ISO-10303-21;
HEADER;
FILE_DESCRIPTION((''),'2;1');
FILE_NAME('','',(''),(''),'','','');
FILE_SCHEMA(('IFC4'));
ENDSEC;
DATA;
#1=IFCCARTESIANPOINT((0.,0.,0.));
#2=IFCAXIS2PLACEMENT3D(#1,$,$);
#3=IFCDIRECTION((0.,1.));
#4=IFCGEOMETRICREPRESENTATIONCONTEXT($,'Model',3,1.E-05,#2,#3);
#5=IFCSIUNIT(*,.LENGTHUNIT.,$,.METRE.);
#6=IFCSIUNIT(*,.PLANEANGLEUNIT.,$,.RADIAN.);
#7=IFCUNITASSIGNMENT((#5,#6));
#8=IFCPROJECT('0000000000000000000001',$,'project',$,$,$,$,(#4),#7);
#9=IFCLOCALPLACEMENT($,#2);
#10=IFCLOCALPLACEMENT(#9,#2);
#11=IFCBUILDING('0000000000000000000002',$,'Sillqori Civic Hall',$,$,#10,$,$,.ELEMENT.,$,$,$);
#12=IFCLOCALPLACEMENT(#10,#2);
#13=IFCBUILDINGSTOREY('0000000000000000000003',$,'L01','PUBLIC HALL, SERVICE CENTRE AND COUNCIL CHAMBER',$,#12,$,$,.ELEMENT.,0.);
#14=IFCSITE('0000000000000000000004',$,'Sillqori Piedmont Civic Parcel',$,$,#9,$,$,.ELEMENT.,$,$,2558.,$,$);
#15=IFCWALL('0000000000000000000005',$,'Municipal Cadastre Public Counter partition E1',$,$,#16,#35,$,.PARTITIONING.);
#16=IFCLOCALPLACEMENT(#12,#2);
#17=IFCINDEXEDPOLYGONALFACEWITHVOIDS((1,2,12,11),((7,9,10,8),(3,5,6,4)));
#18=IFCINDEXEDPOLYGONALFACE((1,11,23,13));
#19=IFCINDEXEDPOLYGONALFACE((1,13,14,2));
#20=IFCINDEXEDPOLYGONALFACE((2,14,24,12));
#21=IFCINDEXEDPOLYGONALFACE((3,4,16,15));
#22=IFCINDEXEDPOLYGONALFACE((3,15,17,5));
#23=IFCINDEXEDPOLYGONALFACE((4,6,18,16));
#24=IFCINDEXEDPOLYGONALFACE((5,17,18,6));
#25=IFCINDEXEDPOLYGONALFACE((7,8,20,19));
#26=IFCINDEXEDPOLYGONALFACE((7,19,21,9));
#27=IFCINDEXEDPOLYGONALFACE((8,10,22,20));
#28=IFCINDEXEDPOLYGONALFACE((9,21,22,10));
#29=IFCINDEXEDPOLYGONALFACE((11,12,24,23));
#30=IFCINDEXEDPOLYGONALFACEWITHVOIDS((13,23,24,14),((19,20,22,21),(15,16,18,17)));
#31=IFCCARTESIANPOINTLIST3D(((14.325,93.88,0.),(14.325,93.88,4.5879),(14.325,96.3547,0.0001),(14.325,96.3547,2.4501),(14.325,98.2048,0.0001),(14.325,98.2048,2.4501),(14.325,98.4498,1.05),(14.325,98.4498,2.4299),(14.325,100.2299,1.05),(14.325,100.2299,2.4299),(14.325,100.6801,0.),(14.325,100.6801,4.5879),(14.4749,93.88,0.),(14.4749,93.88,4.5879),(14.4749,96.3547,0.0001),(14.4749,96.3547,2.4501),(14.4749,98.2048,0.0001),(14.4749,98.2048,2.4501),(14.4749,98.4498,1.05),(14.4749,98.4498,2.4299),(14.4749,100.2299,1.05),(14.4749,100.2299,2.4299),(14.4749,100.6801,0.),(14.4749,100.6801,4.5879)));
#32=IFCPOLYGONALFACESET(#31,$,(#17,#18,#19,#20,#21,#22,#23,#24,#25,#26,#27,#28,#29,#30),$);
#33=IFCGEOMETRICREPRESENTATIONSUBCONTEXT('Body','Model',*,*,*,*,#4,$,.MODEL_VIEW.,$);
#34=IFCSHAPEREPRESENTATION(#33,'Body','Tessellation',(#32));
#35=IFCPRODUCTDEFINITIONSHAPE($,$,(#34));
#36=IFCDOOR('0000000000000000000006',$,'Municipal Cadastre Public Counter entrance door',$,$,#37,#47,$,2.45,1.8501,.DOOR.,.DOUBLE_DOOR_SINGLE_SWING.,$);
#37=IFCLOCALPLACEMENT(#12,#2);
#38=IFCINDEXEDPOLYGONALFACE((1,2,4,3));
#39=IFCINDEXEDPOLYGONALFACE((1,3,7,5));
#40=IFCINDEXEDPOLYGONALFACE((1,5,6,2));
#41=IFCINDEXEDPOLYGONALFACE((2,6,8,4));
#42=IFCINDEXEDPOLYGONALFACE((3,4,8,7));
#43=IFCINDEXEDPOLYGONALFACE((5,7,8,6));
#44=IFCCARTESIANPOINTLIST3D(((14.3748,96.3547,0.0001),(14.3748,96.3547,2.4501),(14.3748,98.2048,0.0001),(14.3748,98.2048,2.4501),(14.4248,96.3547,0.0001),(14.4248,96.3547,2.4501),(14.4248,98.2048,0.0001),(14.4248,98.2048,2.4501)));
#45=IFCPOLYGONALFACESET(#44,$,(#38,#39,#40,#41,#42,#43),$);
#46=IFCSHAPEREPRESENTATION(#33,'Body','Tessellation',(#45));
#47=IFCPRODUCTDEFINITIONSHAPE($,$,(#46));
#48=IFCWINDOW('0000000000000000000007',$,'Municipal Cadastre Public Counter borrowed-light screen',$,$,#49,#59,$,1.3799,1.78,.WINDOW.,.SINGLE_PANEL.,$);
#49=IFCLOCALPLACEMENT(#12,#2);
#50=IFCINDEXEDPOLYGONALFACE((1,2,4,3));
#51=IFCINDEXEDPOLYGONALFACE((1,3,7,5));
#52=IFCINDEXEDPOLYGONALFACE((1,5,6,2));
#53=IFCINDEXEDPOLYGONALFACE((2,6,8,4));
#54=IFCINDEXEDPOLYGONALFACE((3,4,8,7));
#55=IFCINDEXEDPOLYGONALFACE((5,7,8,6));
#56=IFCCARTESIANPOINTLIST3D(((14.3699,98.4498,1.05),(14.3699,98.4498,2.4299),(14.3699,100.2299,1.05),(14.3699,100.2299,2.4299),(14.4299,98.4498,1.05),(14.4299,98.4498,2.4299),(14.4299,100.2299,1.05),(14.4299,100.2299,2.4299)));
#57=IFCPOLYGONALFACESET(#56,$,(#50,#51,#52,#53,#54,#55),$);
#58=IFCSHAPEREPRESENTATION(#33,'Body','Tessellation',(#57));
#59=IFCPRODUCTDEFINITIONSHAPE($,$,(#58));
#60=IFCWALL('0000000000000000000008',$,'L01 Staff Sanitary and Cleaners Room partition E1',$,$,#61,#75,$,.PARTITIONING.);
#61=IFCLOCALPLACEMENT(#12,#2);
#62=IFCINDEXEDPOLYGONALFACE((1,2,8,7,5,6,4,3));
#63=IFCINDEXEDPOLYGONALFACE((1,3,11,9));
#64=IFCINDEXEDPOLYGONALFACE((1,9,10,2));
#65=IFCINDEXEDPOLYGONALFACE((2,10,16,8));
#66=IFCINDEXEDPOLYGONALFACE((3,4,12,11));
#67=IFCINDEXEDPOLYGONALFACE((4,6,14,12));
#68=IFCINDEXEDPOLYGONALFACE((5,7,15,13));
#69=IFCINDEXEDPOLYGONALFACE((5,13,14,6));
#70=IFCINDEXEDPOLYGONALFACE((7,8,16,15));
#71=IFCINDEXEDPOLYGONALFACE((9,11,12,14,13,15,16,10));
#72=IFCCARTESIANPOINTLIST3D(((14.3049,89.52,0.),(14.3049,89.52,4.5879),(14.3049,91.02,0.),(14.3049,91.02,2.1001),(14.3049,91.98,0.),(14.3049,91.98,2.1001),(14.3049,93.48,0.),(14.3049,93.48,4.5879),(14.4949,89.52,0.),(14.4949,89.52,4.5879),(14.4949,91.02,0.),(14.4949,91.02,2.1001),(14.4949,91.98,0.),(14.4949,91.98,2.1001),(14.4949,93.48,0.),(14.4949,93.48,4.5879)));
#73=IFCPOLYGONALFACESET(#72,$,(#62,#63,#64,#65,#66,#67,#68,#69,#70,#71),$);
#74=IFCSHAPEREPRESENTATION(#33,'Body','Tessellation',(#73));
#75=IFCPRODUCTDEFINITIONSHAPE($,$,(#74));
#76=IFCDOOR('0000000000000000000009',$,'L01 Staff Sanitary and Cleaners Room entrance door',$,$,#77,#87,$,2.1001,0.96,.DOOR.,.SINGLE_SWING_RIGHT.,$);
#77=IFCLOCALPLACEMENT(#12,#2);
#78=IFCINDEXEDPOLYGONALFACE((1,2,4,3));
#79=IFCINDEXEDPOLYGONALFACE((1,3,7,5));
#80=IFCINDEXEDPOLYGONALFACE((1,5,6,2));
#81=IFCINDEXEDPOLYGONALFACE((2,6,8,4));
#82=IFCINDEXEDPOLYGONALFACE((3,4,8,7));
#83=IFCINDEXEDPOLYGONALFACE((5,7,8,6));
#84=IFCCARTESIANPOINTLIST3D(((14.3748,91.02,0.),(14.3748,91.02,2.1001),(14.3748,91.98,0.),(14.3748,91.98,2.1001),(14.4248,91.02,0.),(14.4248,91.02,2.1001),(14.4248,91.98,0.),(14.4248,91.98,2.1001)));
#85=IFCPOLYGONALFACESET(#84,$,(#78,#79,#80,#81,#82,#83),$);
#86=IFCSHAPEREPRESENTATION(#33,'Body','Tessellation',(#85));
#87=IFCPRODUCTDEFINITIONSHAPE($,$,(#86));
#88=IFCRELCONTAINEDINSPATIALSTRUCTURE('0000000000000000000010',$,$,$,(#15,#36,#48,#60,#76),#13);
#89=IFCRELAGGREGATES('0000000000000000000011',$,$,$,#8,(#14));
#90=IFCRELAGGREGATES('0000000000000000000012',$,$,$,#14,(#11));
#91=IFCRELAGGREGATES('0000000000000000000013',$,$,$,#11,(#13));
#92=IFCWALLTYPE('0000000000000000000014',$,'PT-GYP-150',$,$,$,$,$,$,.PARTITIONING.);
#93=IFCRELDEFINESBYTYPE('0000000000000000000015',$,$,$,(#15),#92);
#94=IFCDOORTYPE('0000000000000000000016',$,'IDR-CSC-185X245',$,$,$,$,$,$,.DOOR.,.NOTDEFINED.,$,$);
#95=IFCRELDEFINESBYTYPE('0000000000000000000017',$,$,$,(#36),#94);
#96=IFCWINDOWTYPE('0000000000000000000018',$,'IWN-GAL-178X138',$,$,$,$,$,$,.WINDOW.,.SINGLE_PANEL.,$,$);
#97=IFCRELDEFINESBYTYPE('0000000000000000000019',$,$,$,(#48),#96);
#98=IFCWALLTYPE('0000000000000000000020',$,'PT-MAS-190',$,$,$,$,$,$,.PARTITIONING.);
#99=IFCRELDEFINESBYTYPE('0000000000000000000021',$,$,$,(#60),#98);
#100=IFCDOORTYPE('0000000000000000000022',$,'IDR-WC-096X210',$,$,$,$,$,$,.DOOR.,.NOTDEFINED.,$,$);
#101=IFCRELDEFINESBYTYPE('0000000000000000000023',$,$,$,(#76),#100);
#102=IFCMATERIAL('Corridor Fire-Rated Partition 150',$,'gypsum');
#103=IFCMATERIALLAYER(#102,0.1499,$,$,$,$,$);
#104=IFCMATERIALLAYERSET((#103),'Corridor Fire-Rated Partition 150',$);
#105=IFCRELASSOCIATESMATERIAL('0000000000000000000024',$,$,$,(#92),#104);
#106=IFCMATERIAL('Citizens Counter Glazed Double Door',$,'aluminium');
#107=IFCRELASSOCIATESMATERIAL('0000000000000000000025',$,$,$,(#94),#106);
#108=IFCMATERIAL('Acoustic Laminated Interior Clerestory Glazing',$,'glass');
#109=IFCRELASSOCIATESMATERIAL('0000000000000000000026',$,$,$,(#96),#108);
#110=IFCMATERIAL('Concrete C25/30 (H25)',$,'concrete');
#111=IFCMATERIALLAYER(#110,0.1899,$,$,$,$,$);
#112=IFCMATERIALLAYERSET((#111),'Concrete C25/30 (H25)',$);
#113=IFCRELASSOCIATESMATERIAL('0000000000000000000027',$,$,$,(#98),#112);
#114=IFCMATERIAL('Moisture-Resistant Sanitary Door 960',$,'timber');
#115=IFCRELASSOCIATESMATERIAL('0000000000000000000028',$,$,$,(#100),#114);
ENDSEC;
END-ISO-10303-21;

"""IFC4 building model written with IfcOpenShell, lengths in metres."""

from ifc_helpers import new_model, si_unit, direction, frame, frame_2d, origin, place, context, subcontext, project, spatial, rectangle, extrude, material, layer, layer_set, type_object, element, fill, save


model = new_model("IFC4")

# Units and contexts
model_context = context("Model", 3, precision=1e-05, world=origin(), true_north=direction((0.0, 1.0)))
body_context = subcontext(model_context, "Body", "Model", "MODEL_VIEW")
ifc_project = project(units=[si_unit("LENGTHUNIT", "METRE"), si_unit("PLANEANGLEUNIT", "RADIAN")], contexts=[model_context])

# Site, building, storey
site_placement = place(None, origin())
site = spatial("IfcSite", under=ifc_project, at=site_placement, Name="Sillqori Piedmont Civic Parcel", CompositionType="ELEMENT", RefElevation=2558.0)
building_placement = place(site_placement, origin())
building = spatial("IfcBuilding", under=site, at=building_placement, Name="Sillqori Civic Hall", CompositionType="ELEMENT")
storey_placement = place(building_placement, origin())
storey = spatial("IfcBuildingStorey", under=building, at=storey_placement, Name="L01", Description="PUBLIC HALL, SERVICE CENTRE AND COUNCIL CHAMBER", CompositionType="ELEMENT", Elevation=0.0)

# Wall, openings, door, window
ifc_material_1 = material(Name="Corridor Fire-Rated Partition 150", Category="gypsum")
ifc_layer_1 = layer(ifc_material_1, 0.1499)
ifc_layer_set_1 = layer_set([ifc_layer_1], Name="Corridor Fire-Rated Partition 150")
wall_type_1 = type_object("IfcWallType", Name="PT-GYP-150", PredefinedType="PARTITIONING", material=ifc_layer_set_1)
wall_1_placement = place(storey_placement, frame((14.3999, 100.6799, 0.0), z_axis=(0.0, 0.0, 1.0), x_axis=(0.0, -1.0, 0.0)))
wall_1 = element("IfcWall", 1, at=wall_1_placement, inside=storey, type_object=wall_type_1, Name="Municipal Cadastre Public Counter partition E1", PredefinedType="PARTITIONING", context=body_context, shape_type="SweptSolid", body=[
    extrude(rectangle(XDim=6.8, YDim=0.1499, at=frame_2d((3.3999, 0.0))), origin(), (0.0, 0.0, 1.0), 4.5879),
])
opening_1_placement = place(wall_1_placement, frame((2.4751, 0.0, 0.0)))
opening_1 = element("IfcOpeningElement", 2, at=opening_1_placement, cuts=wall_1, PredefinedType="OPENING", context=body_context, shape_type="SweptSolid", body=[
    extrude(rectangle(XDim=1.8501, YDim=2.45, at=frame_2d((0.925, 1.2251))), frame((0.0, 0.085, 0.0), z_axis=(0.0, -1.0, 0.0), x_axis=(1.0, 0.0, 0.0)), (0.0, 0.0, 1.0), 0.1699),
])
opening_2_placement = place(wall_1_placement, frame((0.45, 0.0, 1.05)))
opening_2 = element("IfcOpeningElement", 3, at=opening_2_placement, cuts=wall_1, PredefinedType="OPENING", context=body_context, shape_type="SweptSolid", body=[
    extrude(rectangle(XDim=1.78, YDim=1.3799, at=frame_2d((0.8901, 0.6899))), frame((0.0, 0.085, 0.0), z_axis=(0.0, -1.0, 0.0), x_axis=(1.0, 0.0, 0.0)), (0.0, 0.0, 1.0), 0.1699),
])
ifc_material_2 = material(Name="Citizens Counter Glazed Double Door", Category="aluminium")
door_type_1 = type_object("IfcDoorType", Name="IDR-CSC-185X245", OperationType="NOTDEFINED", PredefinedType="DOOR", material=ifc_material_2)
door_1_placement = place(opening_1_placement, origin())
door_1 = element("IfcDoor", 4, at=door_1_placement, inside=storey, type_object=door_type_1, Name="Municipal Cadastre Public Counter entrance door", OperationType="DOUBLE_DOOR_SINGLE_SWING", OverallHeight=2.45, OverallWidth=1.8501, PredefinedType="DOOR", context=body_context, shape_type="SweptSolid", body=[
    extrude(rectangle(XDim=1.8501, YDim=2.45, at=frame_2d((0.925, 1.2251))), frame((0.0, 0.0249, 0.0), z_axis=(0.0, -1.0, 0.0), x_axis=(1.0, 0.0, 0.0)), (0.0, 0.0, 1.0), 0.05),
])
fill(opening_1, door_1)
ifc_material_3 = material(Name="Acoustic Laminated Interior Clerestory Glazing", Category="glass")
window_type = type_object("IfcWindowType", Name="IWN-GAL-178X138", PartitioningType="SINGLE_PANEL", PredefinedType="WINDOW", material=ifc_material_3)
window_placement = place(opening_2_placement, origin())
window = element("IfcWindow", 5, at=window_placement, inside=storey, type_object=window_type, Name="Municipal Cadastre Public Counter borrowed-light screen", OverallHeight=1.3799, OverallWidth=1.78, PartitioningType="SINGLE_PANEL", PredefinedType="WINDOW", context=body_context, shape_type="SweptSolid", body=[
    extrude(rectangle(XDim=1.78, YDim=1.3799, at=frame_2d((0.8901, 0.6899))), frame((0.0, 0.03, 0.0), z_axis=(0.0, -1.0, 0.0), x_axis=(1.0, 0.0, 0.0)), (0.0, 0.0, 1.0), 0.0601),
])
fill(opening_2, window)

# Wall, opening, door
ifc_material_4 = material(Name="Concrete C25/30 (H25)", Category="concrete")
ifc_layer_2 = layer(ifc_material_4, 0.1899)
ifc_layer_set_2 = layer_set([ifc_layer_2], Name="Concrete C25/30 (H25)")
wall_type_2 = type_object("IfcWallType", Name="PT-MAS-190", PredefinedType="PARTITIONING", material=ifc_layer_set_2)
wall_2_placement = place(storey_placement, frame((14.3999, 93.48, 0.0), z_axis=(0.0, 0.0, 1.0), x_axis=(0.0, -1.0, 0.0)))
wall_2 = element("IfcWall", 6, at=wall_2_placement, inside=storey, type_object=wall_type_2, Name="L01 Staff Sanitary and Cleaners Room partition E1", PredefinedType="PARTITIONING", context=body_context, shape_type="SweptSolid", body=[
    extrude(rectangle(XDim=3.96, YDim=0.1899, at=frame_2d((1.98, 0.0))), origin(), (0.0, 0.0, 1.0), 4.5879),
])
opening_3_placement = place(wall_2_placement, frame((1.5, 0.0, 0.0)))
opening_3 = element("IfcOpeningElement", 7, at=opening_3_placement, cuts=wall_2, PredefinedType="OPENING", context=body_context, shape_type="SweptSolid", body=[
    extrude(rectangle(XDim=0.96, YDim=2.1001, at=frame_2d((0.48, 1.05))), frame((0.0, 0.105, 0.0), z_axis=(0.0, -1.0, 0.0), x_axis=(1.0, 0.0, 0.0)), (0.0, 0.0, 1.0), 0.21),
])
ifc_material_5 = material(Name="Moisture-Resistant Sanitary Door 960", Category="timber")
door_type_2 = type_object("IfcDoorType", Name="IDR-WC-096X210", OperationType="NOTDEFINED", PredefinedType="DOOR", material=ifc_material_5)
door_2_placement = place(opening_3_placement, origin())
door_2 = element("IfcDoor", 8, at=door_2_placement, inside=storey, type_object=door_type_2, Name="L01 Staff Sanitary and Cleaners Room entrance door", OperationType="SINGLE_SWING_RIGHT", OverallHeight=2.1001, OverallWidth=0.96, PredefinedType="DOOR", context=body_context, shape_type="SweptSolid", body=[
    extrude(rectangle(XDim=0.96, YDim=2.1001, at=frame_2d((0.48, 1.05))), frame((0.0, 0.0249, 0.0), z_axis=(0.0, -1.0, 0.0), x_axis=(1.0, 0.0, 0.0)), (0.0, 0.0, 1.0), 0.05),
])
fill(opening_3, door_2)

save(model, "model.ifc")
